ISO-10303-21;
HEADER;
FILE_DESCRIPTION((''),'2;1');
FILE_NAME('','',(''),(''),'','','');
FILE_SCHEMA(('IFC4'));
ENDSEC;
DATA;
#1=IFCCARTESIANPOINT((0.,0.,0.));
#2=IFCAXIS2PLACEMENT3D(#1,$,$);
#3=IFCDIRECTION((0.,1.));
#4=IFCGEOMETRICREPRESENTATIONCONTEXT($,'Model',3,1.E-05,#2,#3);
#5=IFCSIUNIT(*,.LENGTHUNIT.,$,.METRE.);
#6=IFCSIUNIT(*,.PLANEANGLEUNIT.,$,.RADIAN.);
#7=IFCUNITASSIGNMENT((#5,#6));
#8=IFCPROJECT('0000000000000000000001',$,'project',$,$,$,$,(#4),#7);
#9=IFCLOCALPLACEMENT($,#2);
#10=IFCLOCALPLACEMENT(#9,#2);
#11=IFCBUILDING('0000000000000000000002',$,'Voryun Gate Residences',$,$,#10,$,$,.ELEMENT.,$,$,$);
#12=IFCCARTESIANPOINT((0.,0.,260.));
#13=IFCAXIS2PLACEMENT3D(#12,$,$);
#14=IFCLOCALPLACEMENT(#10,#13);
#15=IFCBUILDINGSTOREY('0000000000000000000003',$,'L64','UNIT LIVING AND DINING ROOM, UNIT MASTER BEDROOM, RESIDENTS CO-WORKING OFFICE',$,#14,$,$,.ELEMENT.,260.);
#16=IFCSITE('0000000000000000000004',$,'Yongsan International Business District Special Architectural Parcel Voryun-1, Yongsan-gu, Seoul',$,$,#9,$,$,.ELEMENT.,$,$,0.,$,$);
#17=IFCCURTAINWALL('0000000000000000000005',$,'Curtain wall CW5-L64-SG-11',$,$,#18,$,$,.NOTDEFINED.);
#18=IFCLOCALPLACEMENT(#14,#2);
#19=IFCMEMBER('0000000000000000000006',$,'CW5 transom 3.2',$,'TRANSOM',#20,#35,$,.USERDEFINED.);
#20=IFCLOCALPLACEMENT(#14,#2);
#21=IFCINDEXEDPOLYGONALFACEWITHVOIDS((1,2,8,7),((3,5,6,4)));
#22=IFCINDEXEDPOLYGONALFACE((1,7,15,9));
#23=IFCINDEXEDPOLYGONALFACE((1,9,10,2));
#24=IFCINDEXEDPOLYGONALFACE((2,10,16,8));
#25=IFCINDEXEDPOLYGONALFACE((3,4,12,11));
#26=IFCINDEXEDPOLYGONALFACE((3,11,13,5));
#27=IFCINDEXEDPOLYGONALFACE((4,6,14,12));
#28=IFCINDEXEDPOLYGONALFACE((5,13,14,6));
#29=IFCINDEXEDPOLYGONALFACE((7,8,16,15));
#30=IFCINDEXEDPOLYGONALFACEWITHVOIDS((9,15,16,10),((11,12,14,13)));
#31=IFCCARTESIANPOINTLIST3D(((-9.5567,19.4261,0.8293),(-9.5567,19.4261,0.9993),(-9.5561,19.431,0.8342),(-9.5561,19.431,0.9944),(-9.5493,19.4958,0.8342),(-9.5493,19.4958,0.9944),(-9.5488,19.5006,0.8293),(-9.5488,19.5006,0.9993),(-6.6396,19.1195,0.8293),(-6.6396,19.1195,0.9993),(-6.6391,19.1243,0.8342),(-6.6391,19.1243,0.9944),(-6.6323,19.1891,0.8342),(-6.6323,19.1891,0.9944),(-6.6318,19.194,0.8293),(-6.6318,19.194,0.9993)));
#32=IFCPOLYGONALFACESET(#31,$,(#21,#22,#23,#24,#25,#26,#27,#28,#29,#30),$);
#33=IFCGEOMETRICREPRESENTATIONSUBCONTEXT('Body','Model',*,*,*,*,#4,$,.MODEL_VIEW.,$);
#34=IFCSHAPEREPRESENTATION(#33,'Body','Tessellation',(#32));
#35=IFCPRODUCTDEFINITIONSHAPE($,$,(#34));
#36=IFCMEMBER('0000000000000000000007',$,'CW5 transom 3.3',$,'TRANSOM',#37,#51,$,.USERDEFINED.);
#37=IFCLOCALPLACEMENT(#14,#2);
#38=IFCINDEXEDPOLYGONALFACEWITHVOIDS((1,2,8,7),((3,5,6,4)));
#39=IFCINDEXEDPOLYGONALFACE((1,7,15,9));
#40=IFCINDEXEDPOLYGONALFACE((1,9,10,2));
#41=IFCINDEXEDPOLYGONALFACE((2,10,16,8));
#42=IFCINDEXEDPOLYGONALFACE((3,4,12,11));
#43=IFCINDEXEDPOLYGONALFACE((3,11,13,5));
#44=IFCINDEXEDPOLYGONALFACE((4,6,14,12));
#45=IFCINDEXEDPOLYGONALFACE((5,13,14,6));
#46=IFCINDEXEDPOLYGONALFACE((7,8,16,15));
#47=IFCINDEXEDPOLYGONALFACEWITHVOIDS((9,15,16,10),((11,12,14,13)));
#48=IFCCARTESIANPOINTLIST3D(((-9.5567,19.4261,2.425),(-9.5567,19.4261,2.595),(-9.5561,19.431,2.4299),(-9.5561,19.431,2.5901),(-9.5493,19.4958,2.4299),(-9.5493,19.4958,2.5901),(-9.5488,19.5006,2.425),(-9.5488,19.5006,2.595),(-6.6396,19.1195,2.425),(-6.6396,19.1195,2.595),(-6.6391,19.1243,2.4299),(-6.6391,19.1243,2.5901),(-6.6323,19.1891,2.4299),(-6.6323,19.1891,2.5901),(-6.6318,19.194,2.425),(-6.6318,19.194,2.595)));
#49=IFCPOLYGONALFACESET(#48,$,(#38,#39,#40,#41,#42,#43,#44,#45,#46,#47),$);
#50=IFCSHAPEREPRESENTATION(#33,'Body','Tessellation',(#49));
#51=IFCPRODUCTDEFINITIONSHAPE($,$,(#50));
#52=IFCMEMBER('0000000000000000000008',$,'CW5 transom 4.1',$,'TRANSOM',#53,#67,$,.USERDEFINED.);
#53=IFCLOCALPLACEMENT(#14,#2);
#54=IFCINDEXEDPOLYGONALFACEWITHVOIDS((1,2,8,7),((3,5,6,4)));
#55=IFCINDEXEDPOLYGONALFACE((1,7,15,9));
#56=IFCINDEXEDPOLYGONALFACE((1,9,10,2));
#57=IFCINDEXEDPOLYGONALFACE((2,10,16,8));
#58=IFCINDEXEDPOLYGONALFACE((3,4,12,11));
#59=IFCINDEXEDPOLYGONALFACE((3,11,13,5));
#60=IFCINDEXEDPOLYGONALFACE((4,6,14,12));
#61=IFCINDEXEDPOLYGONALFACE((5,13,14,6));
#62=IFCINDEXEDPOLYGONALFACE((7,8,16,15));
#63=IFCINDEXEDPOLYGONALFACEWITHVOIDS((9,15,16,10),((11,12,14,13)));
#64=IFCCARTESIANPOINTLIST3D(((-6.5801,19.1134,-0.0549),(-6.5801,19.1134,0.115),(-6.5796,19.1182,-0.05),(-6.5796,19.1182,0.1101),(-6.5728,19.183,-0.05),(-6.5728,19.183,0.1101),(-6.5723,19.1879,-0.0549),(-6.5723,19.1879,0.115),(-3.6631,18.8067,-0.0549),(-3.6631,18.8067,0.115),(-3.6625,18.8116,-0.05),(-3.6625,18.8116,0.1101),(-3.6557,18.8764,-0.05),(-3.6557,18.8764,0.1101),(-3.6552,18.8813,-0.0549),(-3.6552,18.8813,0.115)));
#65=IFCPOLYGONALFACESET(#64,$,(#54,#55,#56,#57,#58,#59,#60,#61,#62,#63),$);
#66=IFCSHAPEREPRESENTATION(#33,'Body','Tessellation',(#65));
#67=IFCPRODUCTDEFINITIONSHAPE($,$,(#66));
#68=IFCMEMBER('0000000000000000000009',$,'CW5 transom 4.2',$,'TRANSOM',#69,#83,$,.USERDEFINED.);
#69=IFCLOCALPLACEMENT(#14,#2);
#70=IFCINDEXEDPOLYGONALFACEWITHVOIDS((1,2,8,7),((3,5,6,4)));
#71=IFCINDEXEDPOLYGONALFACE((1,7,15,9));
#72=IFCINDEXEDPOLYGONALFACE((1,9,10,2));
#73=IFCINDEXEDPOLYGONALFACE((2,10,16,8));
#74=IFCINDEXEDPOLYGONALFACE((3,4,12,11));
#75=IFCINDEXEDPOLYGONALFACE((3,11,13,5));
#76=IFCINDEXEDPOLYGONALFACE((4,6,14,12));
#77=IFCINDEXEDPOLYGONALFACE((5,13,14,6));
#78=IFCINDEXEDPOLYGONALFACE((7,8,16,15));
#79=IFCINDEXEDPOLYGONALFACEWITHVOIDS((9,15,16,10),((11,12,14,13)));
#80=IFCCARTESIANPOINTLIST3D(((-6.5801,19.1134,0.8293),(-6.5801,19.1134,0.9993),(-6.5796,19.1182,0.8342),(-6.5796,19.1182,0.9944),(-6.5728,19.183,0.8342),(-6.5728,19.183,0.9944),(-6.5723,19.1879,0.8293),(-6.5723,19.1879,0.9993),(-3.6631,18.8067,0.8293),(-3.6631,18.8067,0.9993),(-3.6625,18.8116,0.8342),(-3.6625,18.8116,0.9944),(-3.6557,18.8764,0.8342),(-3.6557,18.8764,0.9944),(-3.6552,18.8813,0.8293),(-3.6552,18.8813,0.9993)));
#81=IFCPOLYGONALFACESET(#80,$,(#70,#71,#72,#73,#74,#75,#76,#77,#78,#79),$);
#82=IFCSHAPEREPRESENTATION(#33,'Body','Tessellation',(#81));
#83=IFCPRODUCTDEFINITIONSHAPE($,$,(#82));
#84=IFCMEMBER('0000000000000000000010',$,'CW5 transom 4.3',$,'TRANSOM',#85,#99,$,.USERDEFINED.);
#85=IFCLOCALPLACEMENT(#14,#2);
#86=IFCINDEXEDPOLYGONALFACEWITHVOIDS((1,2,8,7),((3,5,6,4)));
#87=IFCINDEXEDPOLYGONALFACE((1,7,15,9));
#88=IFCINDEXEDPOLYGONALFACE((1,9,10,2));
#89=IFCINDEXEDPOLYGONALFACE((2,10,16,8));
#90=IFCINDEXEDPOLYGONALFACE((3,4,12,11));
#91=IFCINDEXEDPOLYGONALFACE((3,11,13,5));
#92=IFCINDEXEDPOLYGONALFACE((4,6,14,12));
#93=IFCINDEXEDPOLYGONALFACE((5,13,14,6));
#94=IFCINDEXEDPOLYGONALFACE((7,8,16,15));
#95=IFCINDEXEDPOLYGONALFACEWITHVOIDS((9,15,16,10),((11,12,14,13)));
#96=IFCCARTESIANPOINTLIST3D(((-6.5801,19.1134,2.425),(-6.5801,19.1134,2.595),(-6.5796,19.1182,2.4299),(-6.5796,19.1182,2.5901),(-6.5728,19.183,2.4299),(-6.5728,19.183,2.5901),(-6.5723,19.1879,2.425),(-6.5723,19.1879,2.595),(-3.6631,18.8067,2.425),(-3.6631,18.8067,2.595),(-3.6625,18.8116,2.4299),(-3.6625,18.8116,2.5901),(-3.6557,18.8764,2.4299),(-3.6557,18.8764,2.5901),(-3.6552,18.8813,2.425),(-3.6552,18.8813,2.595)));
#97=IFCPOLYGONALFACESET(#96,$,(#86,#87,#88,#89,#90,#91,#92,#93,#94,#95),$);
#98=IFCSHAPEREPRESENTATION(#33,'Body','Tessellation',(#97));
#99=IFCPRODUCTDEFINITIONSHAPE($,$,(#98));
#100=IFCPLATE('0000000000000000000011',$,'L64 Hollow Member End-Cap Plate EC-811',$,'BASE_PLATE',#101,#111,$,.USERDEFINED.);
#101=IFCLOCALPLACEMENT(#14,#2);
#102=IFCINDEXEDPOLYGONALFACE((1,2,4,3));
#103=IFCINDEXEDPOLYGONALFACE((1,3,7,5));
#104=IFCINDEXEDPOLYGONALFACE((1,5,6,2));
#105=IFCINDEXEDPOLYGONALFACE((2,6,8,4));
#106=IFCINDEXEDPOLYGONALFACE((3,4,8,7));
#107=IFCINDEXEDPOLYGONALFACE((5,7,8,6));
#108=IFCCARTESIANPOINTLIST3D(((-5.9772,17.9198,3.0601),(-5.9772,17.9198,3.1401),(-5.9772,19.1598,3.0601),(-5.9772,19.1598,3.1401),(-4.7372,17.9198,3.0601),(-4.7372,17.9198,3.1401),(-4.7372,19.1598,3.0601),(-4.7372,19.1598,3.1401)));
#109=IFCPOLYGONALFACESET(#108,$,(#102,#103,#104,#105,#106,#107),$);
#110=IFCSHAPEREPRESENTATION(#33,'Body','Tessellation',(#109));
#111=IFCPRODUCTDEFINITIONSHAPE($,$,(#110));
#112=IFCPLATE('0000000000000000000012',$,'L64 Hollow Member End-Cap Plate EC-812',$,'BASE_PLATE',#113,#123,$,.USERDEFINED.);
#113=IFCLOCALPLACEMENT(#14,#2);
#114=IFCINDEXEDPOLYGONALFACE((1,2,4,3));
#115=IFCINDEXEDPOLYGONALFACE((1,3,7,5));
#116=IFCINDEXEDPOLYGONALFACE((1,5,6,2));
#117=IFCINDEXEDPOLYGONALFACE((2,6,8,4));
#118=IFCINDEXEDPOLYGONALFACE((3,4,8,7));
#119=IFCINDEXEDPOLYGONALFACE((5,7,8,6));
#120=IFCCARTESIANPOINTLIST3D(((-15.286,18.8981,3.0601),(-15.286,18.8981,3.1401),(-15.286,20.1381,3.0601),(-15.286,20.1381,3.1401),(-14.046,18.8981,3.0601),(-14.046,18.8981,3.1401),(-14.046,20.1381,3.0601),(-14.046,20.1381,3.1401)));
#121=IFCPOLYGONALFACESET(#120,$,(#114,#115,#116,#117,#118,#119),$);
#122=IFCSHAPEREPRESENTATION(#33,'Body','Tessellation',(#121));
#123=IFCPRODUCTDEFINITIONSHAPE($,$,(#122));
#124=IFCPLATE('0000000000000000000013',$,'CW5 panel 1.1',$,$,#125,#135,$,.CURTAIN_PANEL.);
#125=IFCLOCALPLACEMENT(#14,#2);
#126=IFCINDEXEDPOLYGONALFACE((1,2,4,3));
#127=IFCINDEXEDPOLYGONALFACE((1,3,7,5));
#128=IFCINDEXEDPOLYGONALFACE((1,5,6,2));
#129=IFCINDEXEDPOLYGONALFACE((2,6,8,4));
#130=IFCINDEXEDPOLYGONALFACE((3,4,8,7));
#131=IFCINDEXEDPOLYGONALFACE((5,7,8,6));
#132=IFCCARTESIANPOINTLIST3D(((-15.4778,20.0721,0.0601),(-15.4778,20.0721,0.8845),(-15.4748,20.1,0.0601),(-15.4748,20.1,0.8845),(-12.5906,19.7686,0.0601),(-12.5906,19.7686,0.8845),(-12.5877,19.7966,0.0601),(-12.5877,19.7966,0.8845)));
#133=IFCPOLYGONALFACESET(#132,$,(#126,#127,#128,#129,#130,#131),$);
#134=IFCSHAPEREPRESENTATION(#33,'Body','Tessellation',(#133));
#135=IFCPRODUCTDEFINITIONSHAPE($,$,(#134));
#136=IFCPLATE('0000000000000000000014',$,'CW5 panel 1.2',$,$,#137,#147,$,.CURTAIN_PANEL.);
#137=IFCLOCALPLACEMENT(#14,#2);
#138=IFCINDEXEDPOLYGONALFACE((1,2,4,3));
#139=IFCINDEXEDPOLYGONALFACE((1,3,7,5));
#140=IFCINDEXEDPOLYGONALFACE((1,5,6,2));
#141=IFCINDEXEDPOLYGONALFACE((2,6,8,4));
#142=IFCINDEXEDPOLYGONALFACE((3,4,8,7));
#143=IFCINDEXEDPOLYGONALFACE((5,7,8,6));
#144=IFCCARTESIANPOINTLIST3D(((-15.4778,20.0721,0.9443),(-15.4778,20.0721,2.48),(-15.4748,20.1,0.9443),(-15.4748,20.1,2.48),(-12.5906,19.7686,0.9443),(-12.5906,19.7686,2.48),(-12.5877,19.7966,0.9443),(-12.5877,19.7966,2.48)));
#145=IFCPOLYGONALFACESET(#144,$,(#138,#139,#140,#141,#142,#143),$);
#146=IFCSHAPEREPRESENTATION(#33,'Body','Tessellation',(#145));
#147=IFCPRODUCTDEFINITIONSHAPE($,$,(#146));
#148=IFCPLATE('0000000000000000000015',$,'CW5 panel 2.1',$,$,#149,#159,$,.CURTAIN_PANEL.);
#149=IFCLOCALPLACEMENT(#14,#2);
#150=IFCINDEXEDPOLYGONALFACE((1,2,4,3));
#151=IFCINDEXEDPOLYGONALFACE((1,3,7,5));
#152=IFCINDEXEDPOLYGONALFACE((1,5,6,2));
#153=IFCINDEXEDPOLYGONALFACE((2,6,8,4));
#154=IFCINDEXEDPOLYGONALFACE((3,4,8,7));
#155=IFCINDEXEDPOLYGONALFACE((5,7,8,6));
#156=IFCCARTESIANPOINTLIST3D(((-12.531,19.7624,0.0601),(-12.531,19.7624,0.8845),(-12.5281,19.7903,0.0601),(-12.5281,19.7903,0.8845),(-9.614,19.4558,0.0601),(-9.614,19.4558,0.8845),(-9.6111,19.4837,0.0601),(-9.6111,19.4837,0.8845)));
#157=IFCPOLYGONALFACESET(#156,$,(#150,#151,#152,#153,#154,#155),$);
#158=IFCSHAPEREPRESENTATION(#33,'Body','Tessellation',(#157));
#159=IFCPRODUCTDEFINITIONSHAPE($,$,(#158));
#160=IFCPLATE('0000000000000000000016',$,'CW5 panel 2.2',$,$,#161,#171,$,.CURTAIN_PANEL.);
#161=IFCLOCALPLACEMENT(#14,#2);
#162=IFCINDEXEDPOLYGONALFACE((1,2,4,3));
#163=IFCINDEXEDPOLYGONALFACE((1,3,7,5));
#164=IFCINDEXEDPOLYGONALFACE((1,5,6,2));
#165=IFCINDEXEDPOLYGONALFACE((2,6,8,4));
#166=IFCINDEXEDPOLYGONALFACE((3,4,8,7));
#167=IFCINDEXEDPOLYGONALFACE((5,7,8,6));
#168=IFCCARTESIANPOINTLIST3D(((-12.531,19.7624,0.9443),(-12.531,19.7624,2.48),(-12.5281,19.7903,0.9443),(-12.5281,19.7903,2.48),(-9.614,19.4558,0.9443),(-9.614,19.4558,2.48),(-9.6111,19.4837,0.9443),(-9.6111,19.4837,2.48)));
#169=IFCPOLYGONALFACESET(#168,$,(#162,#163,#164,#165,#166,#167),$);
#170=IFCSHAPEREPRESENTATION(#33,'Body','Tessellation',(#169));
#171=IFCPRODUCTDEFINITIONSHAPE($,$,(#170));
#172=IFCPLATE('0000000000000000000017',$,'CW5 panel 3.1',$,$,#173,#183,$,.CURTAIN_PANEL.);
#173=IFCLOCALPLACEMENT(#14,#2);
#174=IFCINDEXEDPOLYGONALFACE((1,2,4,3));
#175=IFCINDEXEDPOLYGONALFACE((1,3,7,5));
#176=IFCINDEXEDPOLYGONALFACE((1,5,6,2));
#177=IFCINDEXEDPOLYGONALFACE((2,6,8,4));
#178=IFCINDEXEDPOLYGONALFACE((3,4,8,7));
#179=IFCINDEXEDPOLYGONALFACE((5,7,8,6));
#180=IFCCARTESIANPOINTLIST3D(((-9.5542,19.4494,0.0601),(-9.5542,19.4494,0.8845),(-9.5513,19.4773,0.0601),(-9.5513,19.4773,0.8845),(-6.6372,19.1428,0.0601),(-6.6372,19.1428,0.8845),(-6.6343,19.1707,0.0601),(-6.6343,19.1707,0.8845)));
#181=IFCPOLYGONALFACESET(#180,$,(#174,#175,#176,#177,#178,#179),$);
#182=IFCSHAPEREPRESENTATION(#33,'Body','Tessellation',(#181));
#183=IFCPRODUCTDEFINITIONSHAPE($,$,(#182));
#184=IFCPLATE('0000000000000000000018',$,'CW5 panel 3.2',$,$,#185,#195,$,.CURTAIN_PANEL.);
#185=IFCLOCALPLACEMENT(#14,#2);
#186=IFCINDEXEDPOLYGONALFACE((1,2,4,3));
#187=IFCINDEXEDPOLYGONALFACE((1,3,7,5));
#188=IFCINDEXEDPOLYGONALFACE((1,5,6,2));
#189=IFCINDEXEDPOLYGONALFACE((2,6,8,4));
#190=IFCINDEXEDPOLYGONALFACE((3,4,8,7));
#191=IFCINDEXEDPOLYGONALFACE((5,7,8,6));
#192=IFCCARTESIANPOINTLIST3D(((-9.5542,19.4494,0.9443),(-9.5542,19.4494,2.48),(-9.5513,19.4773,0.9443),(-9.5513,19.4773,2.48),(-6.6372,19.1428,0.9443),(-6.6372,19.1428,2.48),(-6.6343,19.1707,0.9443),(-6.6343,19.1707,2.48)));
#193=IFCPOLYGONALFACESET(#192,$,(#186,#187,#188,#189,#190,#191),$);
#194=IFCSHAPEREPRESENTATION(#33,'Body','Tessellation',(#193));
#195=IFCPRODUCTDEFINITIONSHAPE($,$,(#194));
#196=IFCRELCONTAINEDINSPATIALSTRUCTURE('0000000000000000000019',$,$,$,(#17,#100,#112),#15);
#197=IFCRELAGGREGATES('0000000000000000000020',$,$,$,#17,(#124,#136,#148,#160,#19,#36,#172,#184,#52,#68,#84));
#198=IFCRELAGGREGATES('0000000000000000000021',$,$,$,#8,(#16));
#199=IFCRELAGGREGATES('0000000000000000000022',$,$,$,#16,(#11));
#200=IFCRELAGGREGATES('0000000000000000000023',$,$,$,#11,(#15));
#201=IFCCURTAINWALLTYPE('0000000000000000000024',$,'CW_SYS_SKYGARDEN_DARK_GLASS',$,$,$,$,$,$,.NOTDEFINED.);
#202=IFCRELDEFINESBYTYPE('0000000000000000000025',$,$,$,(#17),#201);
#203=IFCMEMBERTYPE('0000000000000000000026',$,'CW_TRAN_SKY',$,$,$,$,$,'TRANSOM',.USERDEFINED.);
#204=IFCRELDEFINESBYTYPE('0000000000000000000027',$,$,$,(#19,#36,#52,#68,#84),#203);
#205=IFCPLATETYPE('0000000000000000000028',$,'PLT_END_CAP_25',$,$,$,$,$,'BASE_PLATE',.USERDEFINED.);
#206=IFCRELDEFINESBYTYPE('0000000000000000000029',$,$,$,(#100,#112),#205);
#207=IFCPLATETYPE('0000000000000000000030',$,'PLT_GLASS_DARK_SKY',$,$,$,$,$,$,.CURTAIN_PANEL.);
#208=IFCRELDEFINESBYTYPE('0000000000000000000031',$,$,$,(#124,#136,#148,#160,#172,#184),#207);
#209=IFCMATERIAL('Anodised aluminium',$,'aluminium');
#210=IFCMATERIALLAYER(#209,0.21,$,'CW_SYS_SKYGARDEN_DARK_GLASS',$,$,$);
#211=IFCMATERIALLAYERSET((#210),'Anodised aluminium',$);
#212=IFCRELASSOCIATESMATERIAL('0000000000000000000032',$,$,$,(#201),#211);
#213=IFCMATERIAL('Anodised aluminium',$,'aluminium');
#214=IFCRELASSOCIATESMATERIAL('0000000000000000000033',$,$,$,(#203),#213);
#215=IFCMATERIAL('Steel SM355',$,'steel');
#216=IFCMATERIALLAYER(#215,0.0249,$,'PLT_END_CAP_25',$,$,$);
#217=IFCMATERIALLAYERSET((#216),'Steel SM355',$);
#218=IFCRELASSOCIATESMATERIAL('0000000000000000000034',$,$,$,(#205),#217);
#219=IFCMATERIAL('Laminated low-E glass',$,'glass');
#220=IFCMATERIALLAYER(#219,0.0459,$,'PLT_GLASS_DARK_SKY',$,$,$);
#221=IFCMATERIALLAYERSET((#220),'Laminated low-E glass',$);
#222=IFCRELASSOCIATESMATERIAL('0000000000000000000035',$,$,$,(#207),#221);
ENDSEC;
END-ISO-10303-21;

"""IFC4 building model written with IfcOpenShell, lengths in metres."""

from ifc_helpers import new_model, si_unit, direction, frame, origin, origin_2d, place, context, subcontext, project, spatial, rectangle, hollow_rectangle, extrude, material, layer, layer_set, material_profile, profile_set, type_object, element, aggregate, save


model = new_model("IFC4")

# Units and contexts
model_context = context("Model", 3, precision=1e-05, world=origin(), true_north=direction((0.0, 1.0)))
body_context = subcontext(model_context, "Body", "Model", "MODEL_VIEW")
ifc_project = project(units=[si_unit("LENGTHUNIT", "METRE"), si_unit("PLANEANGLEUNIT", "RADIAN")], contexts=[model_context])

# Site, building, storey
site_placement = place(None, origin())
site = spatial("IfcSite", under=ifc_project, at=site_placement, Name="Yongsan International Business District Special Architectural Parcel Voryun-1, Yongsan-gu, Seoul", CompositionType="ELEMENT", RefElevation=0.0)
building_placement = place(site_placement, origin())
building = spatial("IfcBuilding", under=site, at=building_placement, Name="Voryun Gate Residences", CompositionType="ELEMENT")
storey_placement = place(building_placement, frame((0.0, 0.0, 260.0)))
storey = spatial("IfcBuildingStorey", under=building, at=storey_placement, Name="L64", Description="UNIT LIVING AND DINING ROOM, UNIT MASTER BEDROOM, RESIDENTS CO-WORKING OFFICE", CompositionType="ELEMENT", Elevation=260.0)

# Curtain wall, members
ifc_material_1 = material(Name="Anodised aluminium", Category="aluminium")
ifc_layer_1 = layer(ifc_material_1, 0.21, Name="CW_SYS_SKYGARDEN_DARK_GLASS")
ifc_layer_set_1 = layer_set([ifc_layer_1], Name="Anodised aluminium")
curtain_wall_type = type_object("IfcCurtainWallType", Name="CW_SYS_SKYGARDEN_DARK_GLASS", PredefinedType="NOTDEFINED", material=ifc_layer_set_1)
curtain_wall_placement = place(storey_placement, origin())
curtain_wall = element("IfcCurtainWall", 1, at=curtain_wall_placement, inside=storey, type_object=curtain_wall_type, Name="Curtain wall CW5-L64-SG-11", PredefinedType="NOTDEFINED")
ifc_material_2 = material(Name="Anodised aluminium", Category="aluminium")
ifc_material_profile_1 = material_profile(ifc_material_2, hollow_rectangle(XDim=0.075, YDim=0.1699, WallThickness=0.0049, at=origin_2d()), Name="ALU-TRAN-170x75x5")
ifc_profile_set_1 = profile_set([ifc_material_profile_1], Name="Anodised aluminium")
member_type_1 = type_object("IfcMemberType", Name="CW_TRAN_SKY", ElementType="TRANSOM", PredefinedType="USERDEFINED", material=ifc_profile_set_1)
member_1_placement = place(storey_placement, frame((-9.5527, 19.4634, 0.9143), z_axis=(0.99452, -0.104546, 0.0), x_axis=(0.104546, 0.99452, 0.0)))
member_1 = element("IfcMember", 2, at=member_1_placement, type_object=member_type_1, Name="CW5 transom 3.2", ObjectType="TRANSOM", PredefinedType="USERDEFINED", context=body_context, shape_type="SweptSolid", body=[
    extrude(hollow_rectangle(XDim=0.075, YDim=0.1699, WallThickness=0.0049, at=origin_2d()), origin(), (0.0, 0.0, 1.0), 2.9331),
])
member_2_placement = place(storey_placement, frame((-9.5527, 19.4634, 2.51), z_axis=(0.99452, -0.104546, 0.0), x_axis=(0.104546, 0.99452, 0.0)))
member_2 = element("IfcMember", 3, at=member_2_placement, type_object=member_type_1, Name="CW5 transom 3.3", ObjectType="TRANSOM", PredefinedType="USERDEFINED", context=body_context, shape_type="SweptSolid", body=[
    extrude(hollow_rectangle(XDim=0.075, YDim=0.1699, WallThickness=0.0049, at=origin_2d()), origin(), (0.0, 0.0, 1.0), 2.9331),
])
member_3_placement = place(storey_placement, frame((-6.5762, 19.1506, 0.03), z_axis=(0.99452, -0.104546, 0.0), x_axis=(0.104546, 0.99452, 0.0)))
member_3 = element("IfcMember", 4, at=member_3_placement, type_object=member_type_1, Name="CW5 transom 4.1", ObjectType="TRANSOM", PredefinedType="USERDEFINED", context=body_context, shape_type="SweptSolid", body=[
    extrude(hollow_rectangle(XDim=0.075, YDim=0.1699, WallThickness=0.0049, at=origin_2d()), origin(), (0.0, 0.0, 1.0), 2.9331),
])
member_4_placement = place(storey_placement, frame((-6.5762, 19.1506, 0.9143), z_axis=(0.99452, -0.104546, 0.0), x_axis=(0.104546, 0.99452, 0.0)))
member_4 = element("IfcMember", 5, at=member_4_placement, type_object=member_type_1, Name="CW5 transom 4.2", ObjectType="TRANSOM", PredefinedType="USERDEFINED", context=body_context, shape_type="SweptSolid", body=[
    extrude(hollow_rectangle(XDim=0.075, YDim=0.1699, WallThickness=0.0049, at=origin_2d()), origin(), (0.0, 0.0, 1.0), 2.9331),
])
member_5_placement = place(storey_placement, frame((-6.5762, 19.1506, 2.51), z_axis=(0.99452, -0.104546, 0.0), x_axis=(0.104546, 0.99452, 0.0)))
member_5 = element("IfcMember", 6, at=member_5_placement, type_object=member_type_1, Name="CW5 transom 4.3", ObjectType="TRANSOM", PredefinedType="USERDEFINED", context=body_context, shape_type="SweptSolid", body=[
    extrude(hollow_rectangle(XDim=0.075, YDim=0.1699, WallThickness=0.0049, at=origin_2d()), origin(), (0.0, 0.0, 1.0), 2.9331),
])

# Plates
ifc_material_3 = material(Name="Steel SM355", Category="steel")
ifc_layer_2 = layer(ifc_material_3, 0.0249, Name="PLT_END_CAP_25")
ifc_layer_set_2 = layer_set([ifc_layer_2], Name="Steel SM355")
plate_type_1 = type_object("IfcPlateType", Name="PLT_END_CAP_25", ElementType="BASE_PLATE", PredefinedType="USERDEFINED", material=ifc_layer_set_2)
for number, where, z_axis, x_axis, name in (
    (7, (-5.3572, 18.5398, 3.0601), (0.0, 0.0, 1.0), (1.0, 0.0, 0.0), "L64 Hollow Member End-Cap Plate EC-811"),
    (8, (-14.666, 19.5181, 3.0601), (0.0, 0.0, 1.0), (1.0, 0.0, 0.0), "L64 Hollow Member End-Cap Plate EC-812"),
):
    element("IfcPlate", number, at=place(storey_placement, frame(where, z_axis=z_axis, x_axis=x_axis)), inside=storey, type_object=plate_type_1, Name=name, ObjectType="BASE_PLATE", PredefinedType="USERDEFINED", context=body_context, shape_type="SweptSolid", body=[
        extrude(rectangle(XDim=1.24, YDim=1.24, at=origin_2d()), origin(), (0.0, 0.0, 1.0), 0.0801),
    ])

# Plates
ifc_material_4 = material(Name="Laminated low-E glass", Category="glass")
ifc_layer_3 = layer(ifc_material_4, 0.0459, Name="PLT_GLASS_DARK_SKY")
ifc_layer_set_3 = layer_set([ifc_layer_3], Name="Laminated low-E glass")
plate_type_2 = type_object("IfcPlateType", Name="PLT_GLASS_DARK_SKY", PredefinedType="CURTAIN_PANEL", material=ifc_layer_set_3)
plate_1_placement = place(storey_placement, frame((-14.0327, 19.9343, 0.0601), z_axis=(0.0, 0.0, 1.0), x_axis=(0.994521, -0.104532, 0.0)))
plate_1 = element("IfcPlate", 9, at=plate_1_placement, type_object=plate_type_2, Name="CW5 panel 1.1", PredefinedType="CURTAIN_PANEL", context=body_context, shape_type="SweptSolid", body=[
    extrude(rectangle(XDim=2.9031, YDim=0.0281, at=origin_2d()), origin(), (0.0, 0.0, 1.0), 0.8245),
])
plate_2_placement = place(storey_placement, frame((-14.0327, 19.9343, 0.9443), z_axis=(0.0, 0.0, 1.0), x_axis=(0.994521, -0.104532, 0.0)))
plate_2 = element("IfcPlate", 10, at=plate_2_placement, type_object=plate_type_2, Name="CW5 panel 1.2", PredefinedType="CURTAIN_PANEL", context=body_context, shape_type="SweptSolid", body=[
    extrude(rectangle(XDim=2.9031, YDim=0.0281, at=origin_2d()), origin(), (0.0, 0.0, 1.0), 1.5356),
])
plate_3_placement = place(storey_placement, frame((-11.071, 19.623, 0.0601), z_axis=(0.0, 0.0, 1.0), x_axis=(0.994521, -0.104532, 0.0)))
plate_3 = element("IfcPlate", 11, at=plate_3_placement, type_object=plate_type_2, Name="CW5 panel 2.1", PredefinedType="CURTAIN_PANEL", context=body_context, shape_type="SweptSolid", body=[
    extrude(rectangle(XDim=2.9331, YDim=0.0281, at=origin_2d()), origin(), (0.0, 0.0, 1.0), 0.8245),
])
plate_4_placement = place(storey_placement, frame((-11.071, 19.623, 0.9443), z_axis=(0.0, 0.0, 1.0), x_axis=(0.994521, -0.104532, 0.0)))
plate_4 = element("IfcPlate", 12, at=plate_4_placement, type_object=plate_type_2, Name="CW5 panel 2.2", PredefinedType="CURTAIN_PANEL", context=body_context, shape_type="SweptSolid", body=[
    extrude(rectangle(XDim=2.9331, YDim=0.0281, at=origin_2d()), origin(), (0.0, 0.0, 1.0), 1.5356),
])
plate_5_placement = place(storey_placement, frame((-8.0942, 19.3101, 0.0601), z_axis=(0.0, 0.0, 1.0), x_axis=(0.994521, -0.104532, 0.0)))
plate_5 = element("IfcPlate", 13, at=plate_5_placement, type_object=plate_type_2, Name="CW5 panel 3.1", PredefinedType="CURTAIN_PANEL", context=body_context, shape_type="SweptSolid", body=[
    extrude(rectangle(XDim=2.9331, YDim=0.0281, at=origin_2d()), origin(), (0.0, 0.0, 1.0), 0.8245),
])
plate_6_placement = place(storey_placement, frame((-8.0942, 19.3101, 0.9443), z_axis=(0.0, 0.0, 1.0), x_axis=(0.994521, -0.104532, 0.0)))
plate_6 = element("IfcPlate", 14, at=plate_6_placement, type_object=plate_type_2, Name="CW5 panel 3.2", PredefinedType="CURTAIN_PANEL", context=body_context, shape_type="SweptSolid", body=[
    extrude(rectangle(XDim=2.9331, YDim=0.0281, at=origin_2d()), origin(), (0.0, 0.0, 1.0), 1.5356),
])
aggregate(curtain_wall, [plate_1, plate_2, plate_3, plate_4, member_1, member_2, plate_5, plate_6, member_3, member_4, member_5])

save(model, "model.ifc")
